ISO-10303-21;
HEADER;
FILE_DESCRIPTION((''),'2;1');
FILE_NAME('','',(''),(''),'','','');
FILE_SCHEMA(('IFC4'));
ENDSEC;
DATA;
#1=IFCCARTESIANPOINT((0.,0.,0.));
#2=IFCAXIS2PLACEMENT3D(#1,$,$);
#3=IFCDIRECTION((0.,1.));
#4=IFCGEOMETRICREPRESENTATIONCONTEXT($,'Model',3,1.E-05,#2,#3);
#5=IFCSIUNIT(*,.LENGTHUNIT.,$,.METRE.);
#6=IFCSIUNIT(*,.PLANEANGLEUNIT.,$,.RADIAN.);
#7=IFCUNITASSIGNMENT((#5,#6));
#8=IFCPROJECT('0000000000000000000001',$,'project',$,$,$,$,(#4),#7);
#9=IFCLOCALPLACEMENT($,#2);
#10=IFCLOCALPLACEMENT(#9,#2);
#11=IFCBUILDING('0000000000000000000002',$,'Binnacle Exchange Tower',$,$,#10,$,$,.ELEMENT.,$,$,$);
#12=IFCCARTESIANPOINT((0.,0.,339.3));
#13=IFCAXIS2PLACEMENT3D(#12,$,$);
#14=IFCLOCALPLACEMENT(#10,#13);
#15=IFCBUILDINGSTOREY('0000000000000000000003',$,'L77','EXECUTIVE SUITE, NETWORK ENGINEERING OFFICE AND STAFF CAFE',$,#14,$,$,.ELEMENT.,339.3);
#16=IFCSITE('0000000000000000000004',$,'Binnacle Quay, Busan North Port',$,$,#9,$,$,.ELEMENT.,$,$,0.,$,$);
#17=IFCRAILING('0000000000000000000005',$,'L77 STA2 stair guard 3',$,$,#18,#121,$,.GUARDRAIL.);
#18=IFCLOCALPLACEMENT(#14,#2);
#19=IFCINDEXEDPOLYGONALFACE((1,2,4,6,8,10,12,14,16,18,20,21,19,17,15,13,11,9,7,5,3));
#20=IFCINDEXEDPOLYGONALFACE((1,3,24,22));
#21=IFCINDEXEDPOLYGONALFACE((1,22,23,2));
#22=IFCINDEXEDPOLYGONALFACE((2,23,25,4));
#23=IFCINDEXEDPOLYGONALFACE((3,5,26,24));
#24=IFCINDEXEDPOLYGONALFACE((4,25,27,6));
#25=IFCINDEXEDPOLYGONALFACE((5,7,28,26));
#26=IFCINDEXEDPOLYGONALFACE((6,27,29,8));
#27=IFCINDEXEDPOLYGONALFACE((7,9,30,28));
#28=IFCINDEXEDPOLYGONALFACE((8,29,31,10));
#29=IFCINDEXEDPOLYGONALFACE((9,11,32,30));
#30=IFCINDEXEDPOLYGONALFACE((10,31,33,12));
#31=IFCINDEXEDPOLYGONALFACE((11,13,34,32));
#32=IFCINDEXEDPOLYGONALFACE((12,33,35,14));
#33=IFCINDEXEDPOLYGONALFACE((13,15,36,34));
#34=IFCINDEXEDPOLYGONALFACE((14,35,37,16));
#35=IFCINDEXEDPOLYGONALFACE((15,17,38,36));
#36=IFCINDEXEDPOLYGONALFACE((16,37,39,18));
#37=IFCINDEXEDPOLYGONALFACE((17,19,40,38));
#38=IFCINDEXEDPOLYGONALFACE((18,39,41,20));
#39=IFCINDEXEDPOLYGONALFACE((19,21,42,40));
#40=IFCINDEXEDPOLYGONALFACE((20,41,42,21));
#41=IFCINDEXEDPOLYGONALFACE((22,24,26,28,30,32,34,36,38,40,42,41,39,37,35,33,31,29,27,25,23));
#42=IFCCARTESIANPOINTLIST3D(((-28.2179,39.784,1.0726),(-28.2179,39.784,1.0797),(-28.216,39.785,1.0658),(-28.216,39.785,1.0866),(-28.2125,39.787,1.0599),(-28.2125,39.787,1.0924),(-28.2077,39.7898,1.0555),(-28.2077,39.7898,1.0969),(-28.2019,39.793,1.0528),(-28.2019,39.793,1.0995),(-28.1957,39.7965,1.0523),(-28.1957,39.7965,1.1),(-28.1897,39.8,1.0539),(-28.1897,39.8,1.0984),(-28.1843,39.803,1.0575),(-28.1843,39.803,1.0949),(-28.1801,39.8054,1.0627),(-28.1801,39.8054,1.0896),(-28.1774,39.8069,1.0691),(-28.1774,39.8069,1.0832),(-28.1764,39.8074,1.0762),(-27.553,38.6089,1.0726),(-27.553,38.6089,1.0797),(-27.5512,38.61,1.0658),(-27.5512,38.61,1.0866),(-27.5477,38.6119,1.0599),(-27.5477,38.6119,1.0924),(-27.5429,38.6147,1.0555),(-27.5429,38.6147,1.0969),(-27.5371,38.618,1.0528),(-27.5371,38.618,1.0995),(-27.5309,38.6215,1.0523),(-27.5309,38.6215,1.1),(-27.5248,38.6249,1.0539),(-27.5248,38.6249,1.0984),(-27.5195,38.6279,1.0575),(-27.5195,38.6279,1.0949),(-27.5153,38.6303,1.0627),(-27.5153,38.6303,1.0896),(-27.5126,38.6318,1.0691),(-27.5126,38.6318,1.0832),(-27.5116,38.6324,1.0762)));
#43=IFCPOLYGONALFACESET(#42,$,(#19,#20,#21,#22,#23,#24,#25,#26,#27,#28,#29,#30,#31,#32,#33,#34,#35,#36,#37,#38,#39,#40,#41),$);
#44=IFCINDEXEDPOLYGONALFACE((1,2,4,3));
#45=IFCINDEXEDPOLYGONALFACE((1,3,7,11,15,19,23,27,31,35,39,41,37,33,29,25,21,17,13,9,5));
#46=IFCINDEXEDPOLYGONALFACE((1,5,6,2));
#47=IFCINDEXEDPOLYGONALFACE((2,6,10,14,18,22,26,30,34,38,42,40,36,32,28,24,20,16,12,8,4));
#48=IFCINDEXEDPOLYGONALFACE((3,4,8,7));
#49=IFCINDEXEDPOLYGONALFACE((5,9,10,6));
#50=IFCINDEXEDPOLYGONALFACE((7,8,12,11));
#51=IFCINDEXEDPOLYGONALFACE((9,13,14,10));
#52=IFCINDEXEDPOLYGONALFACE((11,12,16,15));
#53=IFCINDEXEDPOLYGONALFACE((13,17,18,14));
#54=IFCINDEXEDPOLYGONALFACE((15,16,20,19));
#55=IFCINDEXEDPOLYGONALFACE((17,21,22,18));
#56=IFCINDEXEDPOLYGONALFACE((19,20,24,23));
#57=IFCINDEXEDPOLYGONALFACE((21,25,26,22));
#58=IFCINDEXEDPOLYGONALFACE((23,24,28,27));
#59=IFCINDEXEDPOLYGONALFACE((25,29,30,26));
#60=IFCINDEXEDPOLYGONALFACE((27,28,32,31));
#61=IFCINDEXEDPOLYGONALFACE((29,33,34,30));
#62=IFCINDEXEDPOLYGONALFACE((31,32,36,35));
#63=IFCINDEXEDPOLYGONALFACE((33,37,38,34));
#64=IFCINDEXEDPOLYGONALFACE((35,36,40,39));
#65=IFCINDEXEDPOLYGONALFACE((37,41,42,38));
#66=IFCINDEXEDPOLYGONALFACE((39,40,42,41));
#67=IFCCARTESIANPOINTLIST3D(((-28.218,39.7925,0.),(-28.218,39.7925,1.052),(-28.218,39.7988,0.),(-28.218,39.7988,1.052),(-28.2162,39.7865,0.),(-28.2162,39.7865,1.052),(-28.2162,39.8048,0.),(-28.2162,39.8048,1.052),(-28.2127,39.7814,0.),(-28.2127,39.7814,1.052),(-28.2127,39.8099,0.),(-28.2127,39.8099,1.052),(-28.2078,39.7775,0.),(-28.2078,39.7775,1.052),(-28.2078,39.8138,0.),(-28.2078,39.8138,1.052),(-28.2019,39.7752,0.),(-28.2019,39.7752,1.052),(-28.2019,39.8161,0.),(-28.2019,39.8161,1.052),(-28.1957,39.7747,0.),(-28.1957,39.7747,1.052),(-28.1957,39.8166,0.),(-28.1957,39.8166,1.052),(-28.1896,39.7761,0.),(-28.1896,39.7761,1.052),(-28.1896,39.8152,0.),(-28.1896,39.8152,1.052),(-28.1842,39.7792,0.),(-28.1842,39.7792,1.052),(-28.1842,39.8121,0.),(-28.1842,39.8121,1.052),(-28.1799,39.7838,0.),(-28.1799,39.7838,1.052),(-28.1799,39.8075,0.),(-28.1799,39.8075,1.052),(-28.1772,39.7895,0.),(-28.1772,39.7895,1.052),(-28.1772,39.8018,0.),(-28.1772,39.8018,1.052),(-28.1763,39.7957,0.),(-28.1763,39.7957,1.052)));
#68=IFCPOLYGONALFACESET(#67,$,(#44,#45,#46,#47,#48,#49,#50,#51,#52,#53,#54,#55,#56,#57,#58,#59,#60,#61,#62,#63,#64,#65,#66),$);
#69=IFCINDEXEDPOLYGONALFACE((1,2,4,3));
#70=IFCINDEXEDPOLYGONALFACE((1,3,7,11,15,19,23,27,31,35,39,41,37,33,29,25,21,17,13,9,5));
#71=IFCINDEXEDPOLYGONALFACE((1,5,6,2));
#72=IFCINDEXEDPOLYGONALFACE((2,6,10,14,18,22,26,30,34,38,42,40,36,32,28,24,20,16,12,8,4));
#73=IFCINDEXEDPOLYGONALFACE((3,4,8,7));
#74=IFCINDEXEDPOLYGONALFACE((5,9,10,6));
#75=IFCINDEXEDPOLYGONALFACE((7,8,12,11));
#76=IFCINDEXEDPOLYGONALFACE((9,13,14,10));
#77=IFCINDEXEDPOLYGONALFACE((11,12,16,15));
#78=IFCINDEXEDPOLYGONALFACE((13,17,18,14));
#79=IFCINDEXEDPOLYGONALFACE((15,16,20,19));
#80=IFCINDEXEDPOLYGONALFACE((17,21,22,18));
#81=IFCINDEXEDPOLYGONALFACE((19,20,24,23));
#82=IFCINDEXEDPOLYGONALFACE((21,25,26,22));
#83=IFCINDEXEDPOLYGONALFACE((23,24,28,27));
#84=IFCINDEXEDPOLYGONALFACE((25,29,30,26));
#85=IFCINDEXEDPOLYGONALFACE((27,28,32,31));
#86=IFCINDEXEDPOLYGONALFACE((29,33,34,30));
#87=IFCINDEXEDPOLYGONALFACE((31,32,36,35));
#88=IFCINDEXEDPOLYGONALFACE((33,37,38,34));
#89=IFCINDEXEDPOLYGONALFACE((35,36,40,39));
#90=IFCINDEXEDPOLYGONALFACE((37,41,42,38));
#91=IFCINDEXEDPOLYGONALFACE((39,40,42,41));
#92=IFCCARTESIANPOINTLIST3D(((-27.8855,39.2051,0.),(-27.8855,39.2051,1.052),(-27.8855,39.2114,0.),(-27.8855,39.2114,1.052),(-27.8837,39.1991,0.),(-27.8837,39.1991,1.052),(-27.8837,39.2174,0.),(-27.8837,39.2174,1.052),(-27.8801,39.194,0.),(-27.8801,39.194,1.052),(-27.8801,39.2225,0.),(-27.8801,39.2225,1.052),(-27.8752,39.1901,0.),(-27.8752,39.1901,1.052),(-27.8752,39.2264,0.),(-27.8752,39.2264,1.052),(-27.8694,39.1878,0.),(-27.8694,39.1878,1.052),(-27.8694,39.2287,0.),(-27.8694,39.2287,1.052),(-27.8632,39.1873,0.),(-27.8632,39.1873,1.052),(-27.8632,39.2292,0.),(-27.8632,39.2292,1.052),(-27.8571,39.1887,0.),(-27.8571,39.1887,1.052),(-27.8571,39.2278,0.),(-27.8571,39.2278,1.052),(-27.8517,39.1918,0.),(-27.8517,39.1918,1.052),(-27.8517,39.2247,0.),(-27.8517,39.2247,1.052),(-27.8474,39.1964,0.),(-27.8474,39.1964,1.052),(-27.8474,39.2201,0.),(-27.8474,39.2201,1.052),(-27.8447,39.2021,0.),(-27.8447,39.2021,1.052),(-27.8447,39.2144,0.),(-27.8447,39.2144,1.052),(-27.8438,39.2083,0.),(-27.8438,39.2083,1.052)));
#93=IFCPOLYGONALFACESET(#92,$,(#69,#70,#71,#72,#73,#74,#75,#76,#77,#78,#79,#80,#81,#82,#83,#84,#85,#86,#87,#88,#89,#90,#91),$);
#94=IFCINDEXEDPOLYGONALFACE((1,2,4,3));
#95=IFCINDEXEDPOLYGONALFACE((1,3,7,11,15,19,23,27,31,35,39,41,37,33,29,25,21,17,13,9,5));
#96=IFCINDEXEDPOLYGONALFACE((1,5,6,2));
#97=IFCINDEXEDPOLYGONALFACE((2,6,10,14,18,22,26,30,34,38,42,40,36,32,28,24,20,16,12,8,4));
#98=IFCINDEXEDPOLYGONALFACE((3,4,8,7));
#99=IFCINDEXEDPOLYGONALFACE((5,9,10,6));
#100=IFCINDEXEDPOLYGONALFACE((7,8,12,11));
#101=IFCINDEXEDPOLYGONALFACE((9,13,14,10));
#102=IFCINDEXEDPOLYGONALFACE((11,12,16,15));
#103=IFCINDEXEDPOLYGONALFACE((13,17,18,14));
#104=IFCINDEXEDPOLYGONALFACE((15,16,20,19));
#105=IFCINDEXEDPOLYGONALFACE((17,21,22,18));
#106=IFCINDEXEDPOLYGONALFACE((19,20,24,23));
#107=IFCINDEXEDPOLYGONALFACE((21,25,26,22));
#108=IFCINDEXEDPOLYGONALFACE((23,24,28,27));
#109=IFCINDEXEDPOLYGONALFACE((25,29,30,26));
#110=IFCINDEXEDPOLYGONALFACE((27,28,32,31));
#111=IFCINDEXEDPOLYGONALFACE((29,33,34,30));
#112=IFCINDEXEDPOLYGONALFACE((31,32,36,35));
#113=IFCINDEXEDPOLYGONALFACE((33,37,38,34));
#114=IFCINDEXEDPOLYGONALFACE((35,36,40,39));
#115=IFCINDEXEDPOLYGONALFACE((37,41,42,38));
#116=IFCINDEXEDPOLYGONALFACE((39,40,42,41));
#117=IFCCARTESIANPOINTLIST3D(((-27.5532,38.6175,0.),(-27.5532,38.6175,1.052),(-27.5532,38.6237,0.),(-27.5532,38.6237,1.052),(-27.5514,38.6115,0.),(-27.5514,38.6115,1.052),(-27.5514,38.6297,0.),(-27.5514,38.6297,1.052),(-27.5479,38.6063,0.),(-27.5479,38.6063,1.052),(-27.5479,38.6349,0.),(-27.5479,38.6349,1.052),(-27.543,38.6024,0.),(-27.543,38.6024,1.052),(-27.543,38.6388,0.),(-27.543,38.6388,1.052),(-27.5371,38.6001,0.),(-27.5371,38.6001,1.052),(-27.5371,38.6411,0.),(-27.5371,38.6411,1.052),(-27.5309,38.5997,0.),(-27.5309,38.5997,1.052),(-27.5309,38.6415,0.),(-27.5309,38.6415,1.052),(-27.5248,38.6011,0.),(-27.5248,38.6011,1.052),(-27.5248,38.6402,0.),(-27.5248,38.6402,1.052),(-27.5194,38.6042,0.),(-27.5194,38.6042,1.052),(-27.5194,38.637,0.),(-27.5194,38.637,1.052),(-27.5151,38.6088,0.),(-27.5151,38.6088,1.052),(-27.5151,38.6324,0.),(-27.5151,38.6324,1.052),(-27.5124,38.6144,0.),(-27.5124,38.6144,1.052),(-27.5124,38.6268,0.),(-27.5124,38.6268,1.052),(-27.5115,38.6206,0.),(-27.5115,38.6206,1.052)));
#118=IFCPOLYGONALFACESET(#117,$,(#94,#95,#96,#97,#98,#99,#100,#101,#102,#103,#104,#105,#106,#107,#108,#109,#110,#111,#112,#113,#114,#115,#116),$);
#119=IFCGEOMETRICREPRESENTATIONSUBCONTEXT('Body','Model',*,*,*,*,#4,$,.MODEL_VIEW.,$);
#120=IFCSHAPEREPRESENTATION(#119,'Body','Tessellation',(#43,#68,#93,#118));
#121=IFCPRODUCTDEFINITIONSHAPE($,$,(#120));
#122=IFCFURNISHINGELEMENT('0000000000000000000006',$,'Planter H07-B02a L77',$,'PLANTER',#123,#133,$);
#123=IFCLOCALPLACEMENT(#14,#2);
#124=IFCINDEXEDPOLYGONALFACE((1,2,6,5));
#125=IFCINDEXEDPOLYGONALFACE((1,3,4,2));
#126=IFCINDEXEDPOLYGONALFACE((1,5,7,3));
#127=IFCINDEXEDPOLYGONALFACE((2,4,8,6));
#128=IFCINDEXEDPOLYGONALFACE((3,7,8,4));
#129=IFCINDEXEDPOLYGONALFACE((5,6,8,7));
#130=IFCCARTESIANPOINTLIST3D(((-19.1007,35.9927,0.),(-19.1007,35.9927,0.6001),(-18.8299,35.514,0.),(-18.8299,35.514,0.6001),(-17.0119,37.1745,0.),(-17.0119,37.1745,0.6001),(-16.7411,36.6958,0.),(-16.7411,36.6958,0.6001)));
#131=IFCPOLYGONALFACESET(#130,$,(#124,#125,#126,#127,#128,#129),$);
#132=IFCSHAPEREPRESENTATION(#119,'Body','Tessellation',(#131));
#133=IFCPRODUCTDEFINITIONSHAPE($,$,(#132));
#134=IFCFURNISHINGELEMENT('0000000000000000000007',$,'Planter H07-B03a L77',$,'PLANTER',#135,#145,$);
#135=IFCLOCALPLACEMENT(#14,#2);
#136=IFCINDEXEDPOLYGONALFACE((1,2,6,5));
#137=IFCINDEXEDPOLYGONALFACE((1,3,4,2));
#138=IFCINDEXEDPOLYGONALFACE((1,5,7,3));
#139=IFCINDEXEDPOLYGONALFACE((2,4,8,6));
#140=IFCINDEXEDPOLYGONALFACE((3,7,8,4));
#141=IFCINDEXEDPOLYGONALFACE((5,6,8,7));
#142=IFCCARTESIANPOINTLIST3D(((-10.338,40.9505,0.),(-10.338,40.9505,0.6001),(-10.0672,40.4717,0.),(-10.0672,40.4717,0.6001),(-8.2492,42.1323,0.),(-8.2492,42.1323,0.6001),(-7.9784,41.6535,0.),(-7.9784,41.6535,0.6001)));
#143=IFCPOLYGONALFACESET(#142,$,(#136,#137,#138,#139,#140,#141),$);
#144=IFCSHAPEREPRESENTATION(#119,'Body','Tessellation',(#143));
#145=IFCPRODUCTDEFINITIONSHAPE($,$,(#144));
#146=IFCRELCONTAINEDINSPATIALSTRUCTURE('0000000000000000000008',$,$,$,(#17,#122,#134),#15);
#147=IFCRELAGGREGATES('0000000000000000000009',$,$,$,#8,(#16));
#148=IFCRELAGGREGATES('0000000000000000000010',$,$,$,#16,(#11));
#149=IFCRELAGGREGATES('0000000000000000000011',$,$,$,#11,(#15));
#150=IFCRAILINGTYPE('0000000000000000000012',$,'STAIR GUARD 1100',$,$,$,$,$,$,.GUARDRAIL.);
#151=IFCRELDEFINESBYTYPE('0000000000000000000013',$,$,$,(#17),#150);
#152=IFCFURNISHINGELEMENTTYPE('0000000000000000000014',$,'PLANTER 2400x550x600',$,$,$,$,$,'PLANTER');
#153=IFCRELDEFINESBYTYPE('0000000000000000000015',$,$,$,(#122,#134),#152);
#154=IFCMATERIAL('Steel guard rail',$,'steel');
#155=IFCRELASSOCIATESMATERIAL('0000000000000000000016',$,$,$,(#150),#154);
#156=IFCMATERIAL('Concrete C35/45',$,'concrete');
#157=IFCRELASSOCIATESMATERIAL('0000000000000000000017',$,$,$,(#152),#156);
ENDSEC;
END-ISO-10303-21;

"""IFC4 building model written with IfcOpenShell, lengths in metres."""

from ifc_helpers import new_model, si_unit, direction, frame, origin, origin_2d, place, context, subcontext, project, spatial, rectangle, circle, extrude, material, type_object, element, save


model = new_model("IFC4")

# Units and contexts
model_context = context("Model", 3, precision=1e-05, world=origin(), true_north=direction((0.0, 1.0)))
body_context = subcontext(model_context, "Body", "Model", "MODEL_VIEW")
ifc_project = project(units=[si_unit("LENGTHUNIT", "METRE"), si_unit("PLANEANGLEUNIT", "RADIAN")], contexts=[model_context])

# Site, building, storey
site_placement = place(None, origin())
site = spatial("IfcSite", under=ifc_project, at=site_placement, Name="Binnacle Quay, Busan North Port", CompositionType="ELEMENT", RefElevation=0.0)
building_placement = place(site_placement, origin())
building = spatial("IfcBuilding", under=site, at=building_placement, Name="Binnacle Exchange Tower", CompositionType="ELEMENT")
storey_placement = place(building_placement, frame((0.0, 0.0, 339.3)))
storey = spatial("IfcBuildingStorey", under=building, at=storey_placement, Name="L77", Description="EXECUTIVE SUITE, NETWORK ENGINEERING OFFICE AND STAFF CAFE", CompositionType="ELEMENT", Elevation=339.3)

# Shared definitions
ifc_material_1 = material(Name="Concrete C35/45", Category="concrete")

# Railing
ifc_material_2 = material(Name="Steel guard rail", Category="steel")
railing_type_1 = type_object("IfcRailingType", Name="STAIR GUARD 1100", PredefinedType="GUARDRAIL", material=ifc_material_2)
railing_1_placement = place(storey_placement, frame((-28.1973, 39.7957, 0.0)))
element("IfcRailing", 1, at=railing_1_placement, inside=storey, type_object=railing_type_1, Name="L77 STA2 stair guard 3", PredefinedType="GUARDRAIL", context=body_context, shape_type="SweptSolid", body=[
    extrude(circle(Radius=0.0239, at=origin_2d()), frame((0.0, 0.0, 1.0762), z_axis=(0.492415, -0.870361, 0.0), x_axis=(0.870361, 0.492415, 0.0)), (0.0, 0.0, 1.0), 1.3501),
    extrude(circle(Radius=0.021, at=origin_2d()), origin(), (0.0, 0.0, 1.0), 1.052),
    extrude(circle(Radius=0.021, at=origin_2d()), frame((0.3325, -0.5874, 0.0)), (0.0, 0.0, 1.0), 1.052),
    extrude(circle(Radius=0.021, at=origin_2d()), frame((0.6648, -1.175, 0.0)), (0.0, 0.0, 1.0), 1.052),
])

# Furnishing elements
furnishing_element_type = type_object("IfcFurnishingElementType", Name="PLANTER 2400x550x600", ElementType="PLANTER", material=ifc_material_1)
for number, where, z_axis, x_axis, name in (
    (2, (-17.9209, 36.3442, 0.0), (0.0, 0.0, 1.0), (0.870356, 0.492424, 0.0), "Planter H07-B02a L77"),
    (3, (-9.1582, 41.302, 0.0), (0.0, 0.0, 1.0), (0.870356, 0.492424, 0.0), "Planter H07-B03a L77"),
):
    element("IfcFurnishingElement", number, at=place(storey_placement, frame(where, z_axis=z_axis, x_axis=x_axis)), inside=storey, type_object=furnishing_element_type, Name=name, ObjectType="PLANTER", context=body_context, shape_type="SweptSolid", body=[
        extrude(rectangle(XDim=2.3999, YDim=0.55, at=origin_2d()), origin(), (0.0, 0.0, 1.0), 0.6001),
    ])

save(model, "model.ifc")
